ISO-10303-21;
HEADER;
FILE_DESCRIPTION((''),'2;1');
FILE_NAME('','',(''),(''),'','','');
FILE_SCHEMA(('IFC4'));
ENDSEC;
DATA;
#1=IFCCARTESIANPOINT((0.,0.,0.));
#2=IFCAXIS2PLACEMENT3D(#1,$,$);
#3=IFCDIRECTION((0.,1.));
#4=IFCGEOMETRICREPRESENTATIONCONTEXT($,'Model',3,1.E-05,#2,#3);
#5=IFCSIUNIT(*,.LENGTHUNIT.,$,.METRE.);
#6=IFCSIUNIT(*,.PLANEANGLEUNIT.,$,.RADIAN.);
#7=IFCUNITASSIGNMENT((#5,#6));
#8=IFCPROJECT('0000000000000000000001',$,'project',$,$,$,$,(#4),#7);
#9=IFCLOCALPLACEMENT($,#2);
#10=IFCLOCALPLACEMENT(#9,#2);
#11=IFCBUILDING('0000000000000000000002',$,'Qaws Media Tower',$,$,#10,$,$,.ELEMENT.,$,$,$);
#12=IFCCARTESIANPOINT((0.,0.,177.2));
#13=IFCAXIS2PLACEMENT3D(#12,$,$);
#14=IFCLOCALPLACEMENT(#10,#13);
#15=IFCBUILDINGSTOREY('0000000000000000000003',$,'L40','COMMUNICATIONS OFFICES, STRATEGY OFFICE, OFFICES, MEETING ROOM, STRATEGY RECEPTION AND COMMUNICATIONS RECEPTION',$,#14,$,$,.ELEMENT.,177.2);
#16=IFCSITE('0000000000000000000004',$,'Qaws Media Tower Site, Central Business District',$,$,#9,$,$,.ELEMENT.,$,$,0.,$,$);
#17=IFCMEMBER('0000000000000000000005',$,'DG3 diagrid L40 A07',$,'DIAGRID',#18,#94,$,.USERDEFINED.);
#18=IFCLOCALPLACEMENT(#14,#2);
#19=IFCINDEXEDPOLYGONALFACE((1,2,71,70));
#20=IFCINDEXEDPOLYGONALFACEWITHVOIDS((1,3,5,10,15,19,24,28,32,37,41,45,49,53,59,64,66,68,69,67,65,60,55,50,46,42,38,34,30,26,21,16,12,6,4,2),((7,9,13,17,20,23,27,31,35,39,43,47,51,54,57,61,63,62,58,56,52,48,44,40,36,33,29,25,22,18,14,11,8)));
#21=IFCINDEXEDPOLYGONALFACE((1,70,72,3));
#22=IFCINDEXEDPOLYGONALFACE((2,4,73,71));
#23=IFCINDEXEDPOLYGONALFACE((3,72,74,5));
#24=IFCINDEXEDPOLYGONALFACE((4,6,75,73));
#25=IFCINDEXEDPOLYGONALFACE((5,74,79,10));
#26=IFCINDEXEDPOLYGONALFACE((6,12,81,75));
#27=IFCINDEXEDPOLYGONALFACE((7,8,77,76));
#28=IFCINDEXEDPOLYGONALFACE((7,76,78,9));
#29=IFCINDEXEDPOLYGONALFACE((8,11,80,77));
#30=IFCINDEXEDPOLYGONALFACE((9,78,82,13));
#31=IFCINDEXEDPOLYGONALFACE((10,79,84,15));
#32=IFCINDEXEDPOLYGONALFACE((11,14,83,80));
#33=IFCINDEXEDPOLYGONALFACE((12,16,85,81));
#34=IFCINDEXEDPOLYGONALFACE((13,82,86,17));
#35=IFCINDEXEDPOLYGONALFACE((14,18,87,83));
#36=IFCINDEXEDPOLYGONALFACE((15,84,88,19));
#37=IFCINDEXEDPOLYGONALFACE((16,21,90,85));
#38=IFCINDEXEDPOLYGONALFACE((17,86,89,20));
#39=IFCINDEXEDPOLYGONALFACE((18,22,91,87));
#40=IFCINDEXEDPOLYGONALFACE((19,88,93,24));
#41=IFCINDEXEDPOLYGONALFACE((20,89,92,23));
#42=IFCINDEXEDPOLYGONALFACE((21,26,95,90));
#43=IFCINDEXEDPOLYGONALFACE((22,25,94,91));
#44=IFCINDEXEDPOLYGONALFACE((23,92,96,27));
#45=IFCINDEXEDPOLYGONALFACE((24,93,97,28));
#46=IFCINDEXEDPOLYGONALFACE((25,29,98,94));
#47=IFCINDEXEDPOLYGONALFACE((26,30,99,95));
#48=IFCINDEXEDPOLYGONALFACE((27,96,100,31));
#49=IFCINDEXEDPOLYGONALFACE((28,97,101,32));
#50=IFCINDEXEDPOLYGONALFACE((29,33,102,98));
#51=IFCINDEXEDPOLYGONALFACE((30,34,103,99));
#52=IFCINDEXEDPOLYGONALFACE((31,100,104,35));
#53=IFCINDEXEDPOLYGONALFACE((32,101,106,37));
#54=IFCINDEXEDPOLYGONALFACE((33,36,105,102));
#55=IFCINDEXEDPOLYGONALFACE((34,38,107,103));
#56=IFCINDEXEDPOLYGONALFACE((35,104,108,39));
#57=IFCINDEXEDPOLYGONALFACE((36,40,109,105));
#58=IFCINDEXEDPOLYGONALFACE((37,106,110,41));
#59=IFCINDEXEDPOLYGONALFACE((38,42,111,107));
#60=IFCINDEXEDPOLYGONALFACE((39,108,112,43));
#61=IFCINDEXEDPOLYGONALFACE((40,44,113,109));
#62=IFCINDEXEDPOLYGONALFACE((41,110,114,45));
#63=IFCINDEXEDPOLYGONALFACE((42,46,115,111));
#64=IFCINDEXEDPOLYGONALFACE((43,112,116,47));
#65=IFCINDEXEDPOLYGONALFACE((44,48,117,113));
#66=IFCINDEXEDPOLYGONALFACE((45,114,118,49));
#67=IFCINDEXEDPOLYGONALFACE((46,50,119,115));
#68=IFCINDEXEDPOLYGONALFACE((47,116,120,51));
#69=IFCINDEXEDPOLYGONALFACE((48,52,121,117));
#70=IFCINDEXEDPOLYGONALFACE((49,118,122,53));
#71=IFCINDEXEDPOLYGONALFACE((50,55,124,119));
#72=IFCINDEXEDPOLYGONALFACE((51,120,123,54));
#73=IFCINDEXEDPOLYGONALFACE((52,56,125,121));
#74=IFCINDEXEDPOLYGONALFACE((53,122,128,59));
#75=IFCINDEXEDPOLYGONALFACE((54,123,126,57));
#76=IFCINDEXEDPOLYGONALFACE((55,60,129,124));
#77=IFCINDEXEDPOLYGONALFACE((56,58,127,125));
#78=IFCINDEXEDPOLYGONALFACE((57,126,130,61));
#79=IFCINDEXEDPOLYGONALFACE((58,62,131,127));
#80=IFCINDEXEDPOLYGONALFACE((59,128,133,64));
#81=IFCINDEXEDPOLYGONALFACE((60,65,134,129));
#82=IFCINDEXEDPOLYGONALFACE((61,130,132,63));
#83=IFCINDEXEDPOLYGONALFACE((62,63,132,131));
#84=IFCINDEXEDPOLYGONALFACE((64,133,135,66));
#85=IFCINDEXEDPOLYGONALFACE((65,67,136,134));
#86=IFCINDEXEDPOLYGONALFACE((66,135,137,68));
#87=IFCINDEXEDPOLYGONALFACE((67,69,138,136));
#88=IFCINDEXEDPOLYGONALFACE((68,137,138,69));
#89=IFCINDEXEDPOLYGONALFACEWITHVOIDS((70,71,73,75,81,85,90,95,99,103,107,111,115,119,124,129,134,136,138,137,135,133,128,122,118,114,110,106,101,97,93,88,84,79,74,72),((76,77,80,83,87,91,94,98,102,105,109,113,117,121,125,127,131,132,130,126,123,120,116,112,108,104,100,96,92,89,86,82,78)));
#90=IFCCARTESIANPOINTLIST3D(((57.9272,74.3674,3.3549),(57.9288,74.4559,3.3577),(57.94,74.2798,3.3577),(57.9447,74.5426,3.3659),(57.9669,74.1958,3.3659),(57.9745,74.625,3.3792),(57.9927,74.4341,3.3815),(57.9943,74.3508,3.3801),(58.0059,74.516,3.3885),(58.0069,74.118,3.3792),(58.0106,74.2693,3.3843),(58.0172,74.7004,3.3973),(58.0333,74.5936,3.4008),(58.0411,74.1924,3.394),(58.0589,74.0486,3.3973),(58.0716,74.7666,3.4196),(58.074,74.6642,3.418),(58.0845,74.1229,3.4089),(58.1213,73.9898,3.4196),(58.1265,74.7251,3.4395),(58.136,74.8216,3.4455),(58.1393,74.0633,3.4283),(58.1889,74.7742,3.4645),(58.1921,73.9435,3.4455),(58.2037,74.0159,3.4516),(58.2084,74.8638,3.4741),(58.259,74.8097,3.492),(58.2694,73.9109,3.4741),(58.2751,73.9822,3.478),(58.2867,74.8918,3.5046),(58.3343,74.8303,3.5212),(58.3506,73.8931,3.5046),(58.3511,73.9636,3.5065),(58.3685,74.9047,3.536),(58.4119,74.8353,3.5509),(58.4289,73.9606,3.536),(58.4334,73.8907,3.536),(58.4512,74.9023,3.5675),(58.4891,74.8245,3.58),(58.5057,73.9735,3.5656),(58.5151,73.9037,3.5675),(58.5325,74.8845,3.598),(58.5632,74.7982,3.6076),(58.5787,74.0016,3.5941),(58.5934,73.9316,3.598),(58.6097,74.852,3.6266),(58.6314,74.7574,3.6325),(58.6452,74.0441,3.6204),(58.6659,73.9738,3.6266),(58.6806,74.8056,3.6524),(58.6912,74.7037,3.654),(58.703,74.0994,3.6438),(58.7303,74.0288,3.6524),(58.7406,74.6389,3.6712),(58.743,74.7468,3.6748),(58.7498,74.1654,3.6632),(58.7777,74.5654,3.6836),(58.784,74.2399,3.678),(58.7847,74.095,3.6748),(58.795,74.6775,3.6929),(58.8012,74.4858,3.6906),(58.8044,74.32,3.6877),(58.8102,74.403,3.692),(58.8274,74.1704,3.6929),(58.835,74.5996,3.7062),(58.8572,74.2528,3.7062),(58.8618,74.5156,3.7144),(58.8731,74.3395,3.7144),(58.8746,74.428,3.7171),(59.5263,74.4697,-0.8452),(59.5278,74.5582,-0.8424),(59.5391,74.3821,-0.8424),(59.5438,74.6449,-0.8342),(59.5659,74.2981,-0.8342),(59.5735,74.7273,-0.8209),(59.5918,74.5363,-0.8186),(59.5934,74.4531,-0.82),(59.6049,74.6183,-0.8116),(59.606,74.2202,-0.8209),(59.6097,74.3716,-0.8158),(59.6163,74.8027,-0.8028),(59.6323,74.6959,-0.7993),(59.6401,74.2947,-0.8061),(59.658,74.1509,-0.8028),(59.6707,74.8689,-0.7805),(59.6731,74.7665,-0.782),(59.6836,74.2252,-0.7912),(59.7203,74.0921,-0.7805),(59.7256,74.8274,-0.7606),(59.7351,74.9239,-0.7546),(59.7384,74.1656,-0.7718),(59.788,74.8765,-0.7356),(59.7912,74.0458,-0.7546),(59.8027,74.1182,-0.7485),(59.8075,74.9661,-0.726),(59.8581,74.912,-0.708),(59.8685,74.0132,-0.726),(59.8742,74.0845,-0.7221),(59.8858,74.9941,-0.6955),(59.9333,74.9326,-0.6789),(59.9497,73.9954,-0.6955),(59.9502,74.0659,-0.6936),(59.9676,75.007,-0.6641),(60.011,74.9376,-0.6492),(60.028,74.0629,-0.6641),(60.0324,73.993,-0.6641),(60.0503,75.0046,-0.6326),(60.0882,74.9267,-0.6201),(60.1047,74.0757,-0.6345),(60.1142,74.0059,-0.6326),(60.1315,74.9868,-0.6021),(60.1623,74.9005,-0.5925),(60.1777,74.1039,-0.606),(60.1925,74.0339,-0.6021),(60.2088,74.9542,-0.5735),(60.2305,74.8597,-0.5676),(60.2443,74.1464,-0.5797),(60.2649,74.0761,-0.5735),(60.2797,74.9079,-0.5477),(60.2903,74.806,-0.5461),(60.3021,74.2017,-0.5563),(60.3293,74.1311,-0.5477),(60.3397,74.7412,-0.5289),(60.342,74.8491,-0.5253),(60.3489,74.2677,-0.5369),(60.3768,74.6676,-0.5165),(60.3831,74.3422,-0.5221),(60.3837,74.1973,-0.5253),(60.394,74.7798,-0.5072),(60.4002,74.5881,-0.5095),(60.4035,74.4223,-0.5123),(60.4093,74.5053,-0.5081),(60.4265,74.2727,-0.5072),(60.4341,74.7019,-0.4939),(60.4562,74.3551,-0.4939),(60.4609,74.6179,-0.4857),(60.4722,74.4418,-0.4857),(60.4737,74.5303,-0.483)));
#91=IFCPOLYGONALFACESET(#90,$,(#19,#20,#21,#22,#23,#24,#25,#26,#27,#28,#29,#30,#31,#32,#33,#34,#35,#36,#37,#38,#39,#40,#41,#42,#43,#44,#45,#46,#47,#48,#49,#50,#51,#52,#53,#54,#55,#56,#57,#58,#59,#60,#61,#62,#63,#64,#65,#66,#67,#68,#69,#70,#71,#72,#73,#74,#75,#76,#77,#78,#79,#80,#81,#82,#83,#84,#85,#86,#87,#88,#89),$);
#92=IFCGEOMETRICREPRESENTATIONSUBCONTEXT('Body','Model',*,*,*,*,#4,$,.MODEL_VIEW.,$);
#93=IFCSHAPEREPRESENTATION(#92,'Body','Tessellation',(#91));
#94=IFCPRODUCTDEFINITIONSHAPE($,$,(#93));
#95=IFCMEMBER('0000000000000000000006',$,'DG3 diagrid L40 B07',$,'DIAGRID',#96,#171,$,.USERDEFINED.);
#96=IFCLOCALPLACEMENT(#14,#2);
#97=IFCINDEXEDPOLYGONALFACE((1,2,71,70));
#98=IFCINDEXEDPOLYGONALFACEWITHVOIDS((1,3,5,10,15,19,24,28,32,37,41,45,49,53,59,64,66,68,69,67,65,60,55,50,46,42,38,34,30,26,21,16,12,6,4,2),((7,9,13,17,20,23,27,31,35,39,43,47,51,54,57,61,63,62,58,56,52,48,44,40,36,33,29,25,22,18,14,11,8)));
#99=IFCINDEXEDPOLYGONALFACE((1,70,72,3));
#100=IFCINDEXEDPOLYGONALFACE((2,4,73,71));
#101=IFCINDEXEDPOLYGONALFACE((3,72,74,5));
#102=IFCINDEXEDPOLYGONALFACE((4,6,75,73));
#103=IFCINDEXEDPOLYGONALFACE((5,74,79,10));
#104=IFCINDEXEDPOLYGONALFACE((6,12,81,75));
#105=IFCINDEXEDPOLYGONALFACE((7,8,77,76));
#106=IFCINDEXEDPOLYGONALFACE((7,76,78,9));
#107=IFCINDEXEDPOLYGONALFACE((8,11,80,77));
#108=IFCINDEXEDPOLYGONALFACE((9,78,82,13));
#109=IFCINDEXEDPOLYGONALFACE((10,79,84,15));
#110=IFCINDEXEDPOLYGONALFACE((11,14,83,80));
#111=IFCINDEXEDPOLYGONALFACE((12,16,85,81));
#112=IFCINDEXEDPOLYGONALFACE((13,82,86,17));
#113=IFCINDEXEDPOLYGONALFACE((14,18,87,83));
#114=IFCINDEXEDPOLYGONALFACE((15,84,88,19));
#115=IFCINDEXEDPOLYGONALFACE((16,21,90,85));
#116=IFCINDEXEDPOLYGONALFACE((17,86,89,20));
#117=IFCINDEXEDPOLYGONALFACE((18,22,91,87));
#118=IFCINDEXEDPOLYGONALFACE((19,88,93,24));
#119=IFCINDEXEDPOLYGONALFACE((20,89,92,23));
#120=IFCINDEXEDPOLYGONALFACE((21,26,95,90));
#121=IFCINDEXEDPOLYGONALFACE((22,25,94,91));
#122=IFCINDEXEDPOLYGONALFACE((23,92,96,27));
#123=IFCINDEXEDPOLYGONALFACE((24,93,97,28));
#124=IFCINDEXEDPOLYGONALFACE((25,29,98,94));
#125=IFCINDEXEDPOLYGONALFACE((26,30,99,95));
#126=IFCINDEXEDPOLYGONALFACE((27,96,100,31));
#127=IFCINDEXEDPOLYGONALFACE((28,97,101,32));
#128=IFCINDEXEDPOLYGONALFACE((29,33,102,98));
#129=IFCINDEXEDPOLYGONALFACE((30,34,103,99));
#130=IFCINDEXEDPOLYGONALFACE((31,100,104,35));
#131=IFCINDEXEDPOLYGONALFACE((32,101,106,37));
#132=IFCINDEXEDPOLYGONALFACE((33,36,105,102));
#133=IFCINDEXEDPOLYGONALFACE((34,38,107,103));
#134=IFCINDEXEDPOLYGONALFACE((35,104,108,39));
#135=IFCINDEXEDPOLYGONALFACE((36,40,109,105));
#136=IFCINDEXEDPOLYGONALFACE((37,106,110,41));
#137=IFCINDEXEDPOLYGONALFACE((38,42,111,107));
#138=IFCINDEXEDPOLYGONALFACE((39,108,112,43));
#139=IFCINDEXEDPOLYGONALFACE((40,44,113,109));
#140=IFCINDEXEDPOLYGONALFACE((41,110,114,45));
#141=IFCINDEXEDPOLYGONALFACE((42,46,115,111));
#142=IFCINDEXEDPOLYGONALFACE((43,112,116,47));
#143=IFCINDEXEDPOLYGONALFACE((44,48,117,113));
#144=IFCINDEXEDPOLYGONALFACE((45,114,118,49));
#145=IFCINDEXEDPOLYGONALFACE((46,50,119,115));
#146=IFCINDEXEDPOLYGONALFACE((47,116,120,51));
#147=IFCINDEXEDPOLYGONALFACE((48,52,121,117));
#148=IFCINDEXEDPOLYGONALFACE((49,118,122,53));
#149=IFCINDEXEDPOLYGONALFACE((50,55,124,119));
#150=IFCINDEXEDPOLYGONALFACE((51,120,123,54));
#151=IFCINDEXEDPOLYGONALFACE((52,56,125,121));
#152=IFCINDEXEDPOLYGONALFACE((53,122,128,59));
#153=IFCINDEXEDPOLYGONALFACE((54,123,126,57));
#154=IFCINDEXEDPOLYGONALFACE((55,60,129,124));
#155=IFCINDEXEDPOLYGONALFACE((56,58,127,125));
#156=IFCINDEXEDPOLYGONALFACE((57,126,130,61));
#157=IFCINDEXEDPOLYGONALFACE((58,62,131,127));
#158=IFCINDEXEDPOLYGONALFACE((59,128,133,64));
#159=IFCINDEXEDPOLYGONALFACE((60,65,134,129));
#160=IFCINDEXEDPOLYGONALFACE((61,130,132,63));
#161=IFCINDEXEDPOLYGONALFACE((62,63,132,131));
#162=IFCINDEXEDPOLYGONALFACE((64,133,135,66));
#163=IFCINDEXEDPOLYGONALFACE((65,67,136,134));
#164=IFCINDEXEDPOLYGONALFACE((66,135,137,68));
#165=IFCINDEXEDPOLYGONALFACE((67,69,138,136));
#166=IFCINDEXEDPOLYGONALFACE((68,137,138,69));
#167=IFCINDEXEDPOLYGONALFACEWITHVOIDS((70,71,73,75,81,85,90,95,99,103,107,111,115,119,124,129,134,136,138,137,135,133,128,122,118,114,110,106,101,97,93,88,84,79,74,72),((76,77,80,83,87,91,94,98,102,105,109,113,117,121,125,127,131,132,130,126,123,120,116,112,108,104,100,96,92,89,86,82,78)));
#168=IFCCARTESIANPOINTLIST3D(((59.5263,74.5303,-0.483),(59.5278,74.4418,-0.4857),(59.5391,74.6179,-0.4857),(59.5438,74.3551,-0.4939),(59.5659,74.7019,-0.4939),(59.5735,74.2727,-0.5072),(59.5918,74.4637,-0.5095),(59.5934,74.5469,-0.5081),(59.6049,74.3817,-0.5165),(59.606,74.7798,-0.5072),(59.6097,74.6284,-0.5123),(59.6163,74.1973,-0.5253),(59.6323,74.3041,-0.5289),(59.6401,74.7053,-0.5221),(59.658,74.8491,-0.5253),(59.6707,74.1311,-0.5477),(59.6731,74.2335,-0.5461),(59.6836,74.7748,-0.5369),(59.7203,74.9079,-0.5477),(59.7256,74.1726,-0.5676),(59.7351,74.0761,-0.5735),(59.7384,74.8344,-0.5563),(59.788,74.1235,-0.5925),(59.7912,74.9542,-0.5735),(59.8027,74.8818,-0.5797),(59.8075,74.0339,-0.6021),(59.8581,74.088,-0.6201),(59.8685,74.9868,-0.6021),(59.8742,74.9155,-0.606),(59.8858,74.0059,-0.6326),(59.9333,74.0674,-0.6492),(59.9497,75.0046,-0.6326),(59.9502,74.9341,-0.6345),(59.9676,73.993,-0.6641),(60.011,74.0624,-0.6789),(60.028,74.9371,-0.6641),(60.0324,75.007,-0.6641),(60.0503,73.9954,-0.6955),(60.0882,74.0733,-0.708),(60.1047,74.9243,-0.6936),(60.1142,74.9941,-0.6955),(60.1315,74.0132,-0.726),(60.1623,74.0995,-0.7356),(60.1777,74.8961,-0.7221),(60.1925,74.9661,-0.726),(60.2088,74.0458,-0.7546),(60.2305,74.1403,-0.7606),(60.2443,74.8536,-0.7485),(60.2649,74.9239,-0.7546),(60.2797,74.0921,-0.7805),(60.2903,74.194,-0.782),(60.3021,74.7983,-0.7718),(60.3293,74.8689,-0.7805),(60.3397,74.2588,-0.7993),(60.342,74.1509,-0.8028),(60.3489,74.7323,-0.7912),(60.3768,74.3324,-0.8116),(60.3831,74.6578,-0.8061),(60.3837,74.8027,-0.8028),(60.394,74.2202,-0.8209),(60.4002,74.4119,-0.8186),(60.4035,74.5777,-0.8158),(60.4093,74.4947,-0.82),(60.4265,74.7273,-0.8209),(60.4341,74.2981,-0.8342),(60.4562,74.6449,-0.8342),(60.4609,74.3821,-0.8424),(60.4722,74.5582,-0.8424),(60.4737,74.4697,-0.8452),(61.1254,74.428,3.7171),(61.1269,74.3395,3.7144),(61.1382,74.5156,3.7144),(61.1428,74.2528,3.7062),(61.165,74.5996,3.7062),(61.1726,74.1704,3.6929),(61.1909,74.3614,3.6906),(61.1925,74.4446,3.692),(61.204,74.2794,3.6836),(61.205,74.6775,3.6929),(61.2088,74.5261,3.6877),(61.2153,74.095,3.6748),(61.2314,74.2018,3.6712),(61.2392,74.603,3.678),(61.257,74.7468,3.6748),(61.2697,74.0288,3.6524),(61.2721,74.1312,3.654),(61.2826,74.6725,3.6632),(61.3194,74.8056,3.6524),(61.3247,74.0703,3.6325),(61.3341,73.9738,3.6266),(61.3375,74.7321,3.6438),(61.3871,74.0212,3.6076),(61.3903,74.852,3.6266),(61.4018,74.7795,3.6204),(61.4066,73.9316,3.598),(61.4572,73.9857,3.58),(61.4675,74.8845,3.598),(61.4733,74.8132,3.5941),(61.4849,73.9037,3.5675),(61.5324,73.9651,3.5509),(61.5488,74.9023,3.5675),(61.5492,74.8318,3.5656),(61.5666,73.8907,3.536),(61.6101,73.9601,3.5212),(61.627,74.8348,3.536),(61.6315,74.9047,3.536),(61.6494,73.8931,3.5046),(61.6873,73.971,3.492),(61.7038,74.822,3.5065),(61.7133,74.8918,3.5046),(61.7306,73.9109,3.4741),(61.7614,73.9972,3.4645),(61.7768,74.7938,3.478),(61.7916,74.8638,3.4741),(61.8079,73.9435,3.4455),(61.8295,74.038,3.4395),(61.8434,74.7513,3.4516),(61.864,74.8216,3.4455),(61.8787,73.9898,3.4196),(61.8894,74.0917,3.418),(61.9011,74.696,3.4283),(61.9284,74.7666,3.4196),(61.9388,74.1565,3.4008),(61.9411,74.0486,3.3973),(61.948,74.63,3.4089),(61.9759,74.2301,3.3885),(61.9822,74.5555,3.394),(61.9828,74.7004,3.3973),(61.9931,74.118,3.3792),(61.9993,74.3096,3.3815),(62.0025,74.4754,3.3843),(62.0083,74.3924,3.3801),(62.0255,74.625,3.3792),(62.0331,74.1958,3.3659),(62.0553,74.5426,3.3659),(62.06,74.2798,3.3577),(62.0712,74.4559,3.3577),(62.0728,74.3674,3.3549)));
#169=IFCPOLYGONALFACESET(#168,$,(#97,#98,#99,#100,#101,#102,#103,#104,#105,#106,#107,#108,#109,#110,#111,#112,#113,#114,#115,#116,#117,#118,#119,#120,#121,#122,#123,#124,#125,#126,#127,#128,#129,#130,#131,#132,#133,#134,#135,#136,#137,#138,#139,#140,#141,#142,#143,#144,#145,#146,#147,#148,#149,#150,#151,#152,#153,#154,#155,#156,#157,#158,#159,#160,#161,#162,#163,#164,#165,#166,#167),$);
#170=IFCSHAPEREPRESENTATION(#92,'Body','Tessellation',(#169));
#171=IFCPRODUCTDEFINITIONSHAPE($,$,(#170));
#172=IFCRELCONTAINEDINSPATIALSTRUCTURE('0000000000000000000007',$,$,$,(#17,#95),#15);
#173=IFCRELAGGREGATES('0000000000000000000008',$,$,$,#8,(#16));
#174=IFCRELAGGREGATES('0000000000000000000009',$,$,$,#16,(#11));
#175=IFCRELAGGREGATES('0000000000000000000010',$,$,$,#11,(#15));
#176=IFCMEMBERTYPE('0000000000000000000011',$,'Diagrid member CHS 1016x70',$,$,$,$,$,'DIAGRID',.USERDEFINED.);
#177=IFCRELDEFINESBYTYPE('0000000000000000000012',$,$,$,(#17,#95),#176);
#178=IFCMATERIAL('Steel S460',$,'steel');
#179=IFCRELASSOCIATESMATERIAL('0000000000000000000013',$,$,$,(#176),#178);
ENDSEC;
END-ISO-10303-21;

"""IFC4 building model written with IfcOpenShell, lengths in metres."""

from ifc_helpers import new_model, si_unit, direction, frame, origin, origin_2d, place, context, subcontext, project, spatial, hollow_circle, extrude, material, material_profile, profile_set, type_object, element, save


model = new_model("IFC4")

# Units and contexts
model_context = context("Model", 3, precision=1e-05, world=origin(), true_north=direction((0.0, 1.0)))
body_context = subcontext(model_context, "Body", "Model", "MODEL_VIEW")
ifc_project = project(units=[si_unit("LENGTHUNIT", "METRE"), si_unit("PLANEANGLEUNIT", "RADIAN")], contexts=[model_context])

# Site, building, storey
site_placement = place(None, origin())
site = spatial("IfcSite", under=ifc_project, at=site_placement, Name="Qaws Media Tower Site, Central Business District", CompositionType="ELEMENT", RefElevation=0.0)
building_placement = place(site_placement, origin())
building = spatial("IfcBuilding", under=site, at=building_placement, Name="Qaws Media Tower", CompositionType="ELEMENT")
storey_placement = place(building_placement, frame((0.0, 0.0, 177.2)))
storey = spatial("IfcBuildingStorey", under=building, at=storey_placement, Name="L40", Description="COMMUNICATIONS OFFICES, STRATEGY OFFICE, OFFICES, MEETING ROOM, STRATEGY RECEPTION AND COMMUNICATIONS RECEPTION", CompositionType="ELEMENT", Elevation=177.2)

# Members
ifc_material_1 = material(Name="Steel S460", Category="steel")
ifc_material_profile_1 = material_profile(ifc_material_1, hollow_circle(Radius=0.5081, WallThickness=0.0701, at=origin_2d()), Name="CHS 1016x70")
ifc_profile_set_1 = profile_set([ifc_material_profile_1], Name="Steel S460")
member_type_1 = type_object("IfcMemberType", Name="Diagrid member CHS 1016x70", ElementType="DIAGRID", PredefinedType="USERDEFINED", material=ifc_profile_set_1)
for number, where, z_axis, x_axis, name in (
    (1, (60.0, 74.5, -0.6641), (-0.355718, -0.022755, 0.934316), (0.063839, -0.99796, 0.0), "DG3 diagrid L40 A07"),
    (2, (60.0, 74.5, -0.6641), (0.355718, -0.022755, 0.934316), (0.063839, 0.99796, 0.0), "DG3 diagrid L40 B07"),
):
    element("IfcMember", number, at=place(storey_placement, frame(where, z_axis=z_axis, x_axis=x_axis)), inside=storey, type_object=member_type_1, Name=name, ObjectType="DIAGRID", PredefinedType="USERDEFINED", context=body_context, shape_type="SweptSolid", body=[
        extrude(hollow_circle(Radius=0.5081, WallThickness=0.0701, at=origin_2d()), origin(), (0.0, 0.0, 1.0), 4.4954),
    ])

save(model, "model.ifc")
